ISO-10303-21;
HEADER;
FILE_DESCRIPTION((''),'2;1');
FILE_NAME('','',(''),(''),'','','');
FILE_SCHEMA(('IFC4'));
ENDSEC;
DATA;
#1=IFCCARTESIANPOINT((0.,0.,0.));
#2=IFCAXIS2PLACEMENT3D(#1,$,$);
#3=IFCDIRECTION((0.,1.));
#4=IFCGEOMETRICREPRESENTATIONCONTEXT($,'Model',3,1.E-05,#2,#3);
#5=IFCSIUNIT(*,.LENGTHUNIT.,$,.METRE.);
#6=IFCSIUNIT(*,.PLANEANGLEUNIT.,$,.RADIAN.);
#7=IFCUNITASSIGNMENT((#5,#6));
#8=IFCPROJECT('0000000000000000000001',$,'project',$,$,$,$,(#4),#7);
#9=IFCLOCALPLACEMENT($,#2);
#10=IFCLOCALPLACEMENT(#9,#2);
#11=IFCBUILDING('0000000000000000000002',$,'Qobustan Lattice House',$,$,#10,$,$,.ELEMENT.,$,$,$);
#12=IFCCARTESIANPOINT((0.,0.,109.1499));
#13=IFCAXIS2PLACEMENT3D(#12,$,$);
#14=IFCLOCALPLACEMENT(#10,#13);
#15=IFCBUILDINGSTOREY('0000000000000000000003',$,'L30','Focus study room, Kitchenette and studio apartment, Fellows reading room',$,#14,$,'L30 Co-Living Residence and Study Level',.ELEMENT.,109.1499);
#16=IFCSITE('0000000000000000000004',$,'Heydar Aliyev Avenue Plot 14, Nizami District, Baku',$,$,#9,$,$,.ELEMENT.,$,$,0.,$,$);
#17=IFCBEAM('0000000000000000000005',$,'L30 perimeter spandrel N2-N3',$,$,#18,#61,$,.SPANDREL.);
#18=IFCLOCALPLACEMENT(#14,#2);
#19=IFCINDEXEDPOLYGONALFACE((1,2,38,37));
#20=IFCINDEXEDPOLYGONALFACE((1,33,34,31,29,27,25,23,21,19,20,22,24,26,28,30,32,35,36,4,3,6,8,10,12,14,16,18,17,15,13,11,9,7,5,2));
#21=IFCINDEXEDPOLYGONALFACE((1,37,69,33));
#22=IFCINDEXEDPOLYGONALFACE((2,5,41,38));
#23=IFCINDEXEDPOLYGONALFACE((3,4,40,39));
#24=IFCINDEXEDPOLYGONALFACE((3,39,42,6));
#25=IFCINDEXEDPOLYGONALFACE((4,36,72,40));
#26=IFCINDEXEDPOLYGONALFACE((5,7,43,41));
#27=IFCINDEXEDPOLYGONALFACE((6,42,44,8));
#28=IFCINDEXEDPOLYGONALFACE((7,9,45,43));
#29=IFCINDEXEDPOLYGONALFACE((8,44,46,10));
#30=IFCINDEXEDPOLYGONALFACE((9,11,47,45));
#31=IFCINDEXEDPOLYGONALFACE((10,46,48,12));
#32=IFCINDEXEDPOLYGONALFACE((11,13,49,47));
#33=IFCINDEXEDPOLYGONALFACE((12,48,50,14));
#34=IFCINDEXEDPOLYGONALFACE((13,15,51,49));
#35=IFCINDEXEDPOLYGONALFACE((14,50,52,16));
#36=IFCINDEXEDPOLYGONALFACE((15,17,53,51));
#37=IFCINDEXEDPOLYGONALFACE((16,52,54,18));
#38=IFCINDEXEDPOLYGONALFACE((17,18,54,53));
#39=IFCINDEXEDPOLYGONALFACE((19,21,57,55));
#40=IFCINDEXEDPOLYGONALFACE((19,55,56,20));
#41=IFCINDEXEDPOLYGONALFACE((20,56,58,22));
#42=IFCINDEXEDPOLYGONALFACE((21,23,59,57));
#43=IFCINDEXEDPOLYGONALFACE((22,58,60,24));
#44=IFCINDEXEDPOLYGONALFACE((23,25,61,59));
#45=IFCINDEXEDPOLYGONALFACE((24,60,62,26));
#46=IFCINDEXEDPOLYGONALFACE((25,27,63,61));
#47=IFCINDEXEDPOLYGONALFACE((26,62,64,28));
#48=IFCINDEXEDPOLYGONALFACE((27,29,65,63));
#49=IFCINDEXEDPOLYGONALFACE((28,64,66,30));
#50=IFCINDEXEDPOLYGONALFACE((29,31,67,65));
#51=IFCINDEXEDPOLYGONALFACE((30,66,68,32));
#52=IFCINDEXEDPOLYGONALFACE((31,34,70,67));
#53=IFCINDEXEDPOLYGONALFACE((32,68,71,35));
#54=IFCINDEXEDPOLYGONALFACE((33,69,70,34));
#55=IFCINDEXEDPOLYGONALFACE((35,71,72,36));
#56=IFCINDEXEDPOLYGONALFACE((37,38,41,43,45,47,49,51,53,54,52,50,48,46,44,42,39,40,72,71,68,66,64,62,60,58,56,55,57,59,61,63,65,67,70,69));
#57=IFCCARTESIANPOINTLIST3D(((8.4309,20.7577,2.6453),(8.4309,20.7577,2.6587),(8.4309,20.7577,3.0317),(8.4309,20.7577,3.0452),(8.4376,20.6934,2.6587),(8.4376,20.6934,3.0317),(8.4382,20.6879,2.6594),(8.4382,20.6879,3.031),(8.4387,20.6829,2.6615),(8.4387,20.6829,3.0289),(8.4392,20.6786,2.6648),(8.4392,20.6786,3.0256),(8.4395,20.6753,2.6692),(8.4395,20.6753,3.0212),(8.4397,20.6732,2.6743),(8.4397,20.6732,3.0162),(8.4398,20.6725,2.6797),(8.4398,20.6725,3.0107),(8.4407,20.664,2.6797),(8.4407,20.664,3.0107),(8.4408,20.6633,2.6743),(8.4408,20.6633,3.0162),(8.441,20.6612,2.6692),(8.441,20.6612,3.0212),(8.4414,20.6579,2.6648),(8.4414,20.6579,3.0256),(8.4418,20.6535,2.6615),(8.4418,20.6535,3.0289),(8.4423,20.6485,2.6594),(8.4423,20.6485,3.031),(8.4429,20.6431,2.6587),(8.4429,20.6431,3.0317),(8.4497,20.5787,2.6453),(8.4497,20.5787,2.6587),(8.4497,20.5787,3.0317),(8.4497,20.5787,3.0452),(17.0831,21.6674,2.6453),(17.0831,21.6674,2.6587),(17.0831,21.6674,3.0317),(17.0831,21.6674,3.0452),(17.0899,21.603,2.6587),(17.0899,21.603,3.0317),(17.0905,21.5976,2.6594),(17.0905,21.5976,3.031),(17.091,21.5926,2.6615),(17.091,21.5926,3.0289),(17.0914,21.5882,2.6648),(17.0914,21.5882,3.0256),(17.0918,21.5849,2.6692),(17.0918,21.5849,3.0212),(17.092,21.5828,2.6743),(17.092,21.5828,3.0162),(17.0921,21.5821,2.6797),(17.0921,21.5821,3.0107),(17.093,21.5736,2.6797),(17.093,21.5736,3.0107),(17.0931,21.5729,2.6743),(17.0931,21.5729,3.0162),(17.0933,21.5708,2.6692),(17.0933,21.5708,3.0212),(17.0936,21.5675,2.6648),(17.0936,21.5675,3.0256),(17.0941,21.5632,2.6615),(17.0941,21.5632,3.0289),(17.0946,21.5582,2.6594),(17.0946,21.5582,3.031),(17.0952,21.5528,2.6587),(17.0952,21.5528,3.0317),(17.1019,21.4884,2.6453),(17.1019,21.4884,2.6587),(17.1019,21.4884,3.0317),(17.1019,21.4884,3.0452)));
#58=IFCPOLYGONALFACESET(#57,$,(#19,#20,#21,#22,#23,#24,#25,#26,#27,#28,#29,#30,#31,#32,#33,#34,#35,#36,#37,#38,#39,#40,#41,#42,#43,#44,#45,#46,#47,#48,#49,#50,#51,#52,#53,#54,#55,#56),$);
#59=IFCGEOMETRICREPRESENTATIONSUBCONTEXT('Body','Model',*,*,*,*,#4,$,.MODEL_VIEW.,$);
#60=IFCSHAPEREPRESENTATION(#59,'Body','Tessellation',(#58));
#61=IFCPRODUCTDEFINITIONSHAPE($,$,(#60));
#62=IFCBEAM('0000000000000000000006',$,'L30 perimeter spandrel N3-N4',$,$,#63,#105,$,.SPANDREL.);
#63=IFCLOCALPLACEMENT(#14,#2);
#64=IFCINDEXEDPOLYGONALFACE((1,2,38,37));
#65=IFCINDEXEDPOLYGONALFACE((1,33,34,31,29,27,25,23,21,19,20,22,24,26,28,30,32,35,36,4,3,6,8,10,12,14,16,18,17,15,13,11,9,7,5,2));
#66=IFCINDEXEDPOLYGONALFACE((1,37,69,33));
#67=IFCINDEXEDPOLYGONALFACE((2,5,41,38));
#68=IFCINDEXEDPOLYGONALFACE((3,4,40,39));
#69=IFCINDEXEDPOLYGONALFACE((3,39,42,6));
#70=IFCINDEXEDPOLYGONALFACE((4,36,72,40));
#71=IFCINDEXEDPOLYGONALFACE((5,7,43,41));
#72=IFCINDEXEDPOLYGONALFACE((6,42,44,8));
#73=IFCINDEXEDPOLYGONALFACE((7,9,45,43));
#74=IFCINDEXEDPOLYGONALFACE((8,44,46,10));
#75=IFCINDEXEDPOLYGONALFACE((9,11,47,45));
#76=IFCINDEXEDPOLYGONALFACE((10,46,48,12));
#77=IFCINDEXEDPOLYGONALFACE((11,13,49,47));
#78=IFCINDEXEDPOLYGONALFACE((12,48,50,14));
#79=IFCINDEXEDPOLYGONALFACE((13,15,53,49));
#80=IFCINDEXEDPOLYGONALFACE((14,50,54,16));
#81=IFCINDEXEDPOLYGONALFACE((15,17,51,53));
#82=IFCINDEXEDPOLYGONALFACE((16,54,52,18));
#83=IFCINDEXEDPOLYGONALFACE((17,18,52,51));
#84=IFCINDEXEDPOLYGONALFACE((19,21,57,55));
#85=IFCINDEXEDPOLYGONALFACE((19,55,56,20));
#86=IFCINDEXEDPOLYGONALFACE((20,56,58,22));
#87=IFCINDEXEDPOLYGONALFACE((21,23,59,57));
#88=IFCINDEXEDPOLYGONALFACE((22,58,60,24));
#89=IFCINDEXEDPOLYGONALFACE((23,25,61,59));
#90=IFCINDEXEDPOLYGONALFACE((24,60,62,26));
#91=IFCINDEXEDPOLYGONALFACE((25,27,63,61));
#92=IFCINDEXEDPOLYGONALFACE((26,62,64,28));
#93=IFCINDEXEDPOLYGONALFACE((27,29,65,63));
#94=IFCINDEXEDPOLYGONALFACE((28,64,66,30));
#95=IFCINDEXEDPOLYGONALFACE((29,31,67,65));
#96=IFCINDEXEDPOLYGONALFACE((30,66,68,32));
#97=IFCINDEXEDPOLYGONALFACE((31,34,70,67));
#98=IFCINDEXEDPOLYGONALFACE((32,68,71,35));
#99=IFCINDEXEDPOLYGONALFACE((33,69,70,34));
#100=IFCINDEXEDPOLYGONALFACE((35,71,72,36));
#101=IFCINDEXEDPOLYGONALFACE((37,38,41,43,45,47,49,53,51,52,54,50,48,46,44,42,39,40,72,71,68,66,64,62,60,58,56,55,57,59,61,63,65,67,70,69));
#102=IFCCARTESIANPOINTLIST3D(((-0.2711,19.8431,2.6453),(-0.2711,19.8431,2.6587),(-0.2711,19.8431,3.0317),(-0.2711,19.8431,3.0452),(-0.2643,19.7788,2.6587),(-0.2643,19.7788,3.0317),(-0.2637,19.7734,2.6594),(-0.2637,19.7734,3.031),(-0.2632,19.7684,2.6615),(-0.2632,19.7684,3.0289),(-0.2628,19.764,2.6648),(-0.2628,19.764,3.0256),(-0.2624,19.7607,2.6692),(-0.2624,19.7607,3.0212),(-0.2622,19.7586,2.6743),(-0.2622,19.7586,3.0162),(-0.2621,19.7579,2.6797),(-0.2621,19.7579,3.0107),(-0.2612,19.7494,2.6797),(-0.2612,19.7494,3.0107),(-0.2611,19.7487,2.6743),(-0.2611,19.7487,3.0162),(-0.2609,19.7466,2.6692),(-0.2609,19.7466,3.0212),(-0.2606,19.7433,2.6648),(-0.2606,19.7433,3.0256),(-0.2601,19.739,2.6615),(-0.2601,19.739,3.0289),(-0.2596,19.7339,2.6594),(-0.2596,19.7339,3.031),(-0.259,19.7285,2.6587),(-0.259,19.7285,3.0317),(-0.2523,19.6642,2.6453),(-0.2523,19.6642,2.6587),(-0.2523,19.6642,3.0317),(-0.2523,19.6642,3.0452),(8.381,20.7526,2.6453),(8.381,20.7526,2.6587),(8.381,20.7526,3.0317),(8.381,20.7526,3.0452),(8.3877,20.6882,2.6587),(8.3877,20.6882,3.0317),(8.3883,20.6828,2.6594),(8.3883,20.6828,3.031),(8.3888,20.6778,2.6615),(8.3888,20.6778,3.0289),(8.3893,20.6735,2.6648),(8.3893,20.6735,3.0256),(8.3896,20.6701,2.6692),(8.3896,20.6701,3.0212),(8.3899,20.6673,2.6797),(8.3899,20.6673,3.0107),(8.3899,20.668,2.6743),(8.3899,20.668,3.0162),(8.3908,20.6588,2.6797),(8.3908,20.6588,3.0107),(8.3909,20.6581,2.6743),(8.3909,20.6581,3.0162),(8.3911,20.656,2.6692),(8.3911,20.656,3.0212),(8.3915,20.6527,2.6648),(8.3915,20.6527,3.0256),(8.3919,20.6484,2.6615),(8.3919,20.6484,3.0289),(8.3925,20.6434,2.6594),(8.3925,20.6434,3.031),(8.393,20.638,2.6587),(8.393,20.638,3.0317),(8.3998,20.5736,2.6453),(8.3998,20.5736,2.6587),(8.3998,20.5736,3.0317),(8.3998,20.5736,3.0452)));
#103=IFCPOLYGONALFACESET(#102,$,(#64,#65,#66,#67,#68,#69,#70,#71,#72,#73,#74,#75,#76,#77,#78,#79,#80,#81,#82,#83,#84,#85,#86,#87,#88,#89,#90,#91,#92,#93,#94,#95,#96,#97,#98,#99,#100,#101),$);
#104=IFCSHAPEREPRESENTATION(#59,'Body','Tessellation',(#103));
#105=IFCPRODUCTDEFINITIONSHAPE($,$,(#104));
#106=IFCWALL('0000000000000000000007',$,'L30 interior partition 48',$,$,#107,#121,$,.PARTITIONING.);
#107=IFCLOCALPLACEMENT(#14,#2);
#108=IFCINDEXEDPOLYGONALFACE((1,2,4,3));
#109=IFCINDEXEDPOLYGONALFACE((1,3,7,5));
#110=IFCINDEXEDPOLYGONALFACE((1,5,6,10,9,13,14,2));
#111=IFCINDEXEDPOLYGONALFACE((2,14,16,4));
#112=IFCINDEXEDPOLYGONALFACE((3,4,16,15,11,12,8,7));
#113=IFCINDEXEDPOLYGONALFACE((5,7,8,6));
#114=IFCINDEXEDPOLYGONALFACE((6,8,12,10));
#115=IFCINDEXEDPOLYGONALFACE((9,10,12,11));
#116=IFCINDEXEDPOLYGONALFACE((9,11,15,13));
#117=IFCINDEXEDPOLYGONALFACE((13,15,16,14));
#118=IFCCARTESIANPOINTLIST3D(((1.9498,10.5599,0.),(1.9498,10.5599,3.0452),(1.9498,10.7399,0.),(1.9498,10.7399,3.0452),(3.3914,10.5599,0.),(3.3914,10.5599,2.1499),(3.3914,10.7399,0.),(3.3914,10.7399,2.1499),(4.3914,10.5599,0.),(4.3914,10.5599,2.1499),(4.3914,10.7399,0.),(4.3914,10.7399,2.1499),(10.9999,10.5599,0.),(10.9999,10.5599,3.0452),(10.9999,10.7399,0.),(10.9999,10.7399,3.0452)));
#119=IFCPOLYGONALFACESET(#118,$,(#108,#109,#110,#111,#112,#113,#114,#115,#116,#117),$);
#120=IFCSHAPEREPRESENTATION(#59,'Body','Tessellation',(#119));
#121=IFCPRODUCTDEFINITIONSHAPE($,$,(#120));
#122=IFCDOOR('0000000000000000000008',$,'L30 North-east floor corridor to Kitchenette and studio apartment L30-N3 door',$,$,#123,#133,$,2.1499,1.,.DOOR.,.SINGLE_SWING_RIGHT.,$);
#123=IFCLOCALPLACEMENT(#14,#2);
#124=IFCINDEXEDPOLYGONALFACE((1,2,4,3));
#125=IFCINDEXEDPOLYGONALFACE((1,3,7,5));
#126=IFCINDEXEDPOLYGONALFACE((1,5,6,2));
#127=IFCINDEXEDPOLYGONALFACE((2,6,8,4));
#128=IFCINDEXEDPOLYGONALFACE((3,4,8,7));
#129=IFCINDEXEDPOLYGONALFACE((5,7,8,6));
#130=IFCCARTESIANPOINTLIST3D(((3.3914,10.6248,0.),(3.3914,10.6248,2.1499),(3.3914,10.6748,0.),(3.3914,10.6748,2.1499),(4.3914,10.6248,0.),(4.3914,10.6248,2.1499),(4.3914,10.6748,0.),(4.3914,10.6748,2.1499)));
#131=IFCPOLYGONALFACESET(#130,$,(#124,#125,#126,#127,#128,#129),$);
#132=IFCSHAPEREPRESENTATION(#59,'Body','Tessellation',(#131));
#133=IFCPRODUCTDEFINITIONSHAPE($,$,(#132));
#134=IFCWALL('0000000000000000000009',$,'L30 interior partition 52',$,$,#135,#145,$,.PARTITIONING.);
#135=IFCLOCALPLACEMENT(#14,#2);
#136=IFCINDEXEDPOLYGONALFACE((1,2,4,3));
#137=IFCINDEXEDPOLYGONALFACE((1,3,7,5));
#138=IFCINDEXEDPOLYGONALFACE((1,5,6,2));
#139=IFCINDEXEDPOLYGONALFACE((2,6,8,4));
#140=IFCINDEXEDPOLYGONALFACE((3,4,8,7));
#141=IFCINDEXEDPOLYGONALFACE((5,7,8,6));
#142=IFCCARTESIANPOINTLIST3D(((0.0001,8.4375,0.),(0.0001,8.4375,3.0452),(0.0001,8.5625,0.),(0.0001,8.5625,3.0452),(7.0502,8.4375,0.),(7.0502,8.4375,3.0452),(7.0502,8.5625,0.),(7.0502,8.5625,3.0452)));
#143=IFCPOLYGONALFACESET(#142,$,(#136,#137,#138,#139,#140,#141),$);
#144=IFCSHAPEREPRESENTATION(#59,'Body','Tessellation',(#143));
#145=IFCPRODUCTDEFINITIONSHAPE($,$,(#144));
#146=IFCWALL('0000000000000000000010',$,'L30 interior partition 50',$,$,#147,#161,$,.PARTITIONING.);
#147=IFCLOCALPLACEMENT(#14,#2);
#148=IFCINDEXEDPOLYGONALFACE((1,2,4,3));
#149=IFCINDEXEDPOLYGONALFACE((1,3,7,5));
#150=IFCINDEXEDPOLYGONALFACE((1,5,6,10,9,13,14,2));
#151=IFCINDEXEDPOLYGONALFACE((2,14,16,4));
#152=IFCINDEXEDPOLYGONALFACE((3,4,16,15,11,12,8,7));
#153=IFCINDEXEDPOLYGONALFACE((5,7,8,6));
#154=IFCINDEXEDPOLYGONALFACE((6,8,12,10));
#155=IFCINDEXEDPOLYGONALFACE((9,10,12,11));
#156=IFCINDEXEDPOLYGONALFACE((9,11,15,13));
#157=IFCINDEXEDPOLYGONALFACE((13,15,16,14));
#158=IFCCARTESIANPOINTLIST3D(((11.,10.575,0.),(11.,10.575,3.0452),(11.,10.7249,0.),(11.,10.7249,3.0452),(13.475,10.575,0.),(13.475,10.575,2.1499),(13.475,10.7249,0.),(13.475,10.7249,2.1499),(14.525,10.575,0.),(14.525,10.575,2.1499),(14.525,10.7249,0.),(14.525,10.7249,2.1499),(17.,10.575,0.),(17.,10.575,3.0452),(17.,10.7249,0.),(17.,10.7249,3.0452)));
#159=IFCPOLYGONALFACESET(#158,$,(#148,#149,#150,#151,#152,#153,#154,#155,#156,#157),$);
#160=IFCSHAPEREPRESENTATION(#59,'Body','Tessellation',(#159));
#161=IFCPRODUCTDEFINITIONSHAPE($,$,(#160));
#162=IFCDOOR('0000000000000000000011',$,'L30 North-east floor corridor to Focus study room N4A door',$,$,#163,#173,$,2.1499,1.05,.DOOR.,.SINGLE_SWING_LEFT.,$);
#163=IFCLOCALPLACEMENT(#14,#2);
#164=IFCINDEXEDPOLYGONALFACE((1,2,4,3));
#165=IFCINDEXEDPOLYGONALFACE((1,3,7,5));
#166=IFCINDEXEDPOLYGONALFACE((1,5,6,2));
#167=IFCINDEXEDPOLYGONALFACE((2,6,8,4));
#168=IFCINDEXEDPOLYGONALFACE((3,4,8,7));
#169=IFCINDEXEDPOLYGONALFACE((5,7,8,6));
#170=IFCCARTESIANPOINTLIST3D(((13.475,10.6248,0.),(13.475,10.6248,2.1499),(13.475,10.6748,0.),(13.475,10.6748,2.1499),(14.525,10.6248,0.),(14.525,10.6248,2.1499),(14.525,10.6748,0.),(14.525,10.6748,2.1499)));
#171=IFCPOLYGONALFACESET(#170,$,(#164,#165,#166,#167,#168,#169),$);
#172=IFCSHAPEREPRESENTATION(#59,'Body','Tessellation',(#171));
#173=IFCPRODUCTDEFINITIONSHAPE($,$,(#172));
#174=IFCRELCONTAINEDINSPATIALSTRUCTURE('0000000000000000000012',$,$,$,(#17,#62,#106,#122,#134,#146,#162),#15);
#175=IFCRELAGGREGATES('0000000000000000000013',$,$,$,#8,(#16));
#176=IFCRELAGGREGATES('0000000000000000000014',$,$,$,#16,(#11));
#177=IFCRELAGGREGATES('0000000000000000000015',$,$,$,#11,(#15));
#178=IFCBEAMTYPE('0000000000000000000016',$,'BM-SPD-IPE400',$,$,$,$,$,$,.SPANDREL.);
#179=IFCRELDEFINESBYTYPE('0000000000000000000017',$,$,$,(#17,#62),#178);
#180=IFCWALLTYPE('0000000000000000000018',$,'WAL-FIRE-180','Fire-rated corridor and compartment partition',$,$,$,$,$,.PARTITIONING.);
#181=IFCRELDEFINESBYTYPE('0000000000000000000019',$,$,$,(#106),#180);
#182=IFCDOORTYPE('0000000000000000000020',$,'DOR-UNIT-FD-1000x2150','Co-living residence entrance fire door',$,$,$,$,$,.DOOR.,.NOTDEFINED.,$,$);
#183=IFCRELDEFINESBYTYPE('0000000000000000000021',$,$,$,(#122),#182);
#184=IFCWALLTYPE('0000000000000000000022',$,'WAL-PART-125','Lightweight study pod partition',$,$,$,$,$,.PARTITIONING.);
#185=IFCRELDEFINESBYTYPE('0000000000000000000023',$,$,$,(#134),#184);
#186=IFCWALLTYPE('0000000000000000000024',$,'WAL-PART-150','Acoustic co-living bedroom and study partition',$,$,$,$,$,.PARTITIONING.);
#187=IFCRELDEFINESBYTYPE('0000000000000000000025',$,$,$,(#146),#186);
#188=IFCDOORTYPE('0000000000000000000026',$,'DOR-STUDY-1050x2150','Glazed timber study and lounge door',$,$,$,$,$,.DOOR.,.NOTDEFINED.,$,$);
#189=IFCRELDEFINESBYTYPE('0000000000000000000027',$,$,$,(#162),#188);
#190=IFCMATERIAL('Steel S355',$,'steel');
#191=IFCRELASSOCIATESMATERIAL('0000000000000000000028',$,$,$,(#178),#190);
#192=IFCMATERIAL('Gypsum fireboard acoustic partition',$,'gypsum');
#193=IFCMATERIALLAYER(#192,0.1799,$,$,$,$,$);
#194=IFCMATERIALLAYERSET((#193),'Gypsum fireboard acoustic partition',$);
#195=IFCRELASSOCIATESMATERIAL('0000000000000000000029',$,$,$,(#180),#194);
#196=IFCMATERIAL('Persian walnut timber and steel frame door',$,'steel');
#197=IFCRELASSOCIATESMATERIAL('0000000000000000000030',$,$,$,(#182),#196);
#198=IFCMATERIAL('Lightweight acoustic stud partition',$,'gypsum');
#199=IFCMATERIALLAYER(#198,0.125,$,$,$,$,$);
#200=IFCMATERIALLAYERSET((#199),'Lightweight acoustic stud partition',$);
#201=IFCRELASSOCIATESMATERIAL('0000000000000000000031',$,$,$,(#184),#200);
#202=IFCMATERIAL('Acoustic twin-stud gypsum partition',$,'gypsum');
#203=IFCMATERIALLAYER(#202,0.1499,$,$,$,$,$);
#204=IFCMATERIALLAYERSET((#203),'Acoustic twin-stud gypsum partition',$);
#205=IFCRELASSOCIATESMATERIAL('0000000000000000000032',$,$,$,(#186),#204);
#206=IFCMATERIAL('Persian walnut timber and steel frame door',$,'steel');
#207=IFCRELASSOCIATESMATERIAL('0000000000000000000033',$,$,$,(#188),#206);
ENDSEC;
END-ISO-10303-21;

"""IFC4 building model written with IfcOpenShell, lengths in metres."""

from ifc_helpers import new_model, si_unit, direction, frame, frame_2d, origin, origin_2d, place, context, subcontext, project, spatial, rectangle, i_section, extrude, material, layer, layer_set, material_profile, profile_set, type_object, element, fill, save


model = new_model("IFC4")

# Units and contexts
model_context = context("Model", 3, precision=1e-05, world=origin(), true_north=direction((0.0, 1.0)))
body_context = subcontext(model_context, "Body", "Model", "MODEL_VIEW")
ifc_project = project(units=[si_unit("LENGTHUNIT", "METRE"), si_unit("PLANEANGLEUNIT", "RADIAN")], contexts=[model_context])

# Site, building, storey
site_placement = place(None, origin())
site = spatial("IfcSite", under=ifc_project, at=site_placement, Name="Heydar Aliyev Avenue Plot 14, Nizami District, Baku", CompositionType="ELEMENT", RefElevation=0.0)
building_placement = place(site_placement, origin())
building = spatial("IfcBuilding", under=site, at=building_placement, Name="Qobustan Lattice House", CompositionType="ELEMENT")
storey_placement = place(building_placement, frame((0.0, 0.0, 109.1499)))
storey = spatial("IfcBuildingStorey", under=building, at=storey_placement, Name="L30", Description="Focus study room, Kitchenette and studio apartment, Fellows reading room", LongName="L30 Co-Living Residence and Study Level", CompositionType="ELEMENT", Elevation=109.1499)

# Beams
ifc_material_1 = material(Name="Steel S355", Category="steel")
ifc_material_profile_1 = material_profile(ifc_material_1, i_section(OverallWidth=0.1799, OverallDepth=0.3999, WebThickness=0.0085, FlangeThickness=0.0134, FilletRadius=0.021, at=origin_2d()), Name="IPE400")
ifc_profile_set_1 = profile_set([ifc_material_profile_1], Name="Steel S355")
beam_type_1 = type_object("IfcBeamType", Name="BM-SPD-IPE400", PredefinedType="SPANDREL", material=ifc_profile_set_1)
beam_1_placement = place(storey_placement, frame((17.0925, 21.5779, 2.8452), z_axis=(-0.994519, -0.104559, 0.0), x_axis=(0.104559, -0.994519, 0.0)))
element("IfcBeam", 1, at=beam_1_placement, inside=storey, type_object=beam_type_1, Name="L30 perimeter spandrel N2-N3", PredefinedType="SPANDREL", context=body_context, shape_type="SweptSolid", body=[
    extrude(i_section(OverallWidth=0.1799, OverallDepth=0.3999, WebThickness=0.0085, FlangeThickness=0.0134, FilletRadius=0.021, at=origin_2d()), origin(), (0.0, 0.0, 1.0), 8.7),
])
beam_2_placement = place(storey_placement, frame((8.3904, 20.6631, 2.8452), z_axis=(-0.994521, -0.104534, 0.0), x_axis=(0.104534, -0.994521, 0.0)))
element("IfcBeam", 2, at=beam_2_placement, inside=storey, type_object=beam_type_1, Name="L30 perimeter spandrel N3-N4", PredefinedType="SPANDREL", context=body_context, shape_type="SweptSolid", body=[
    extrude(i_section(OverallWidth=0.1799, OverallDepth=0.3999, WebThickness=0.0085, FlangeThickness=0.0134, FilletRadius=0.021, at=origin_2d()), origin(), (0.0, 0.0, 1.0), 8.6997),
])

# Wall, opening, door
ifc_material_2 = material(Name="Gypsum fireboard acoustic partition", Category="gypsum")
ifc_layer_1 = layer(ifc_material_2, 0.1799)
ifc_layer_set_1 = layer_set([ifc_layer_1], Name="Gypsum fireboard acoustic partition")
wall_type_1 = type_object("IfcWallType", Name="WAL-FIRE-180", Description="Fire-rated corridor and compartment partition", PredefinedType="PARTITIONING", material=ifc_layer_set_1)
wall_1_placement = place(storey_placement, frame((1.95, 10.6499, 0.0), z_axis=(0.0, 0.0, 1.0), x_axis=(1.0, 0.0, 0.0)))
wall_1 = element("IfcWall", 3, at=wall_1_placement, inside=storey, type_object=wall_type_1, Name="L30 interior partition 48", PredefinedType="PARTITIONING", context=body_context, shape_type="SweptSolid", body=[
    extrude(rectangle(XDim=9.05, YDim=0.1799, at=frame_2d((4.5249, 0.0))), origin(), (0.0, 0.0, 1.0), 3.0452),
])
opening_1_placement = place(wall_1_placement, frame((1.4414, 0.0, 0.0)))
opening_1 = element("IfcOpeningElement", 4, at=opening_1_placement, cuts=wall_1, PredefinedType="OPENING", context=body_context, shape_type="SweptSolid", body=[
    extrude(rectangle(XDim=1.0, YDim=2.1499, at=frame_2d((0.5, 1.075))), frame((0.0, 0.0999, 0.0), z_axis=(0.0, -1.0, 0.0), x_axis=(1.0, 0.0, 0.0)), (0.0, 0.0, 1.0), 0.2),
])
ifc_material_3 = material(Name="Persian walnut timber and steel frame door", Category="steel")
door_type_1 = type_object("IfcDoorType", Name="DOR-UNIT-FD-1000x2150", Description="Co-living residence entrance fire door", OperationType="NOTDEFINED", PredefinedType="DOOR", material=ifc_material_3)
door_1_placement = place(opening_1_placement, origin())
door_1 = element("IfcDoor", 5, at=door_1_placement, inside=storey, type_object=door_type_1, Name="L30 North-east floor corridor to Kitchenette and studio apartment L30-N3 door", OperationType="SINGLE_SWING_RIGHT", OverallHeight=2.1499, OverallWidth=1.0, PredefinedType="DOOR", context=body_context, shape_type="SweptSolid", body=[
    extrude(rectangle(XDim=1.0, YDim=2.1499, at=frame_2d((0.5, 1.075))), frame((0.0, 0.0249, 0.0), z_axis=(0.0, -1.0, 0.0), x_axis=(1.0, 0.0, 0.0)), (0.0, 0.0, 1.0), 0.05),
])
fill(opening_1, door_1)

# Wall
ifc_material_4 = material(Name="Lightweight acoustic stud partition", Category="gypsum")
ifc_layer_2 = layer(ifc_material_4, 0.125)
ifc_layer_set_2 = layer_set([ifc_layer_2], Name="Lightweight acoustic stud partition")
wall_type_2 = type_object("IfcWallType", Name="WAL-PART-125", Description="Lightweight study pod partition", PredefinedType="PARTITIONING", material=ifc_layer_set_2)
wall_2_placement = place(storey_placement, frame((7.05, 8.5, 0.0), z_axis=(0.0, 0.0, 1.0), x_axis=(-1.0, 0.0, 0.0)))
element("IfcWall", 6, at=wall_2_placement, inside=storey, type_object=wall_type_2, Name="L30 interior partition 52", PredefinedType="PARTITIONING", context=body_context, shape_type="SweptSolid", body=[
    extrude(rectangle(XDim=7.05, YDim=0.125, at=frame_2d((3.5249, 0.0))), origin(), (0.0, 0.0, 1.0), 3.0452),
])

# Wall, opening, door
ifc_material_5 = material(Name="Acoustic twin-stud gypsum partition", Category="gypsum")
ifc_layer_3 = layer(ifc_material_5, 0.1499)
ifc_layer_set_3 = layer_set([ifc_layer_3], Name="Acoustic twin-stud gypsum partition")
wall_type_3 = type_object("IfcWallType", Name="WAL-PART-150", Description="Acoustic co-living bedroom and study partition", PredefinedType="PARTITIONING", material=ifc_layer_set_3)
wall_3_placement = place(storey_placement, frame((11.0, 10.6499, 0.0), z_axis=(0.0, 0.0, 1.0), x_axis=(1.0, 0.0, 0.0)))
wall_3 = element("IfcWall", 7, at=wall_3_placement, inside=storey, type_object=wall_type_3, Name="L30 interior partition 50", PredefinedType="PARTITIONING", context=body_context, shape_type="SweptSolid", body=[
    extrude(rectangle(XDim=6.0, YDim=0.1499, at=frame_2d((3.0, 0.0))), origin(), (0.0, 0.0, 1.0), 3.0452),
])
opening_2_placement = place(wall_3_placement, frame((2.4751, 0.0, 0.0)))
opening_2 = element("IfcOpeningElement", 8, at=opening_2_placement, cuts=wall_3, PredefinedType="OPENING", context=body_context, shape_type="SweptSolid", body=[
    extrude(rectangle(XDim=1.05, YDim=2.1499, at=frame_2d((0.5249, 1.075))), frame((0.0, 0.085, 0.0), z_axis=(0.0, -1.0, 0.0), x_axis=(1.0, 0.0, 0.0)), (0.0, 0.0, 1.0), 0.1699),
])
ifc_material_6 = material(Name="Persian walnut timber and steel frame door", Category="steel")
door_type_2 = type_object("IfcDoorType", Name="DOR-STUDY-1050x2150", Description="Glazed timber study and lounge door", OperationType="NOTDEFINED", PredefinedType="DOOR", material=ifc_material_6)
door_2_placement = place(opening_2_placement, origin())
door_2 = element("IfcDoor", 9, at=door_2_placement, inside=storey, type_object=door_type_2, Name="L30 North-east floor corridor to Focus study room N4A door", OperationType="SINGLE_SWING_LEFT", OverallHeight=2.1499, OverallWidth=1.05, PredefinedType="DOOR", context=body_context, shape_type="SweptSolid", body=[
    extrude(rectangle(XDim=1.05, YDim=2.1499, at=frame_2d((0.5249, 1.075))), frame((0.0, 0.0249, 0.0), z_axis=(0.0, -1.0, 0.0), x_axis=(1.0, 0.0, 0.0)), (0.0, 0.0, 1.0), 0.05),
])
fill(opening_2, door_2)

save(model, "model.ifc")
